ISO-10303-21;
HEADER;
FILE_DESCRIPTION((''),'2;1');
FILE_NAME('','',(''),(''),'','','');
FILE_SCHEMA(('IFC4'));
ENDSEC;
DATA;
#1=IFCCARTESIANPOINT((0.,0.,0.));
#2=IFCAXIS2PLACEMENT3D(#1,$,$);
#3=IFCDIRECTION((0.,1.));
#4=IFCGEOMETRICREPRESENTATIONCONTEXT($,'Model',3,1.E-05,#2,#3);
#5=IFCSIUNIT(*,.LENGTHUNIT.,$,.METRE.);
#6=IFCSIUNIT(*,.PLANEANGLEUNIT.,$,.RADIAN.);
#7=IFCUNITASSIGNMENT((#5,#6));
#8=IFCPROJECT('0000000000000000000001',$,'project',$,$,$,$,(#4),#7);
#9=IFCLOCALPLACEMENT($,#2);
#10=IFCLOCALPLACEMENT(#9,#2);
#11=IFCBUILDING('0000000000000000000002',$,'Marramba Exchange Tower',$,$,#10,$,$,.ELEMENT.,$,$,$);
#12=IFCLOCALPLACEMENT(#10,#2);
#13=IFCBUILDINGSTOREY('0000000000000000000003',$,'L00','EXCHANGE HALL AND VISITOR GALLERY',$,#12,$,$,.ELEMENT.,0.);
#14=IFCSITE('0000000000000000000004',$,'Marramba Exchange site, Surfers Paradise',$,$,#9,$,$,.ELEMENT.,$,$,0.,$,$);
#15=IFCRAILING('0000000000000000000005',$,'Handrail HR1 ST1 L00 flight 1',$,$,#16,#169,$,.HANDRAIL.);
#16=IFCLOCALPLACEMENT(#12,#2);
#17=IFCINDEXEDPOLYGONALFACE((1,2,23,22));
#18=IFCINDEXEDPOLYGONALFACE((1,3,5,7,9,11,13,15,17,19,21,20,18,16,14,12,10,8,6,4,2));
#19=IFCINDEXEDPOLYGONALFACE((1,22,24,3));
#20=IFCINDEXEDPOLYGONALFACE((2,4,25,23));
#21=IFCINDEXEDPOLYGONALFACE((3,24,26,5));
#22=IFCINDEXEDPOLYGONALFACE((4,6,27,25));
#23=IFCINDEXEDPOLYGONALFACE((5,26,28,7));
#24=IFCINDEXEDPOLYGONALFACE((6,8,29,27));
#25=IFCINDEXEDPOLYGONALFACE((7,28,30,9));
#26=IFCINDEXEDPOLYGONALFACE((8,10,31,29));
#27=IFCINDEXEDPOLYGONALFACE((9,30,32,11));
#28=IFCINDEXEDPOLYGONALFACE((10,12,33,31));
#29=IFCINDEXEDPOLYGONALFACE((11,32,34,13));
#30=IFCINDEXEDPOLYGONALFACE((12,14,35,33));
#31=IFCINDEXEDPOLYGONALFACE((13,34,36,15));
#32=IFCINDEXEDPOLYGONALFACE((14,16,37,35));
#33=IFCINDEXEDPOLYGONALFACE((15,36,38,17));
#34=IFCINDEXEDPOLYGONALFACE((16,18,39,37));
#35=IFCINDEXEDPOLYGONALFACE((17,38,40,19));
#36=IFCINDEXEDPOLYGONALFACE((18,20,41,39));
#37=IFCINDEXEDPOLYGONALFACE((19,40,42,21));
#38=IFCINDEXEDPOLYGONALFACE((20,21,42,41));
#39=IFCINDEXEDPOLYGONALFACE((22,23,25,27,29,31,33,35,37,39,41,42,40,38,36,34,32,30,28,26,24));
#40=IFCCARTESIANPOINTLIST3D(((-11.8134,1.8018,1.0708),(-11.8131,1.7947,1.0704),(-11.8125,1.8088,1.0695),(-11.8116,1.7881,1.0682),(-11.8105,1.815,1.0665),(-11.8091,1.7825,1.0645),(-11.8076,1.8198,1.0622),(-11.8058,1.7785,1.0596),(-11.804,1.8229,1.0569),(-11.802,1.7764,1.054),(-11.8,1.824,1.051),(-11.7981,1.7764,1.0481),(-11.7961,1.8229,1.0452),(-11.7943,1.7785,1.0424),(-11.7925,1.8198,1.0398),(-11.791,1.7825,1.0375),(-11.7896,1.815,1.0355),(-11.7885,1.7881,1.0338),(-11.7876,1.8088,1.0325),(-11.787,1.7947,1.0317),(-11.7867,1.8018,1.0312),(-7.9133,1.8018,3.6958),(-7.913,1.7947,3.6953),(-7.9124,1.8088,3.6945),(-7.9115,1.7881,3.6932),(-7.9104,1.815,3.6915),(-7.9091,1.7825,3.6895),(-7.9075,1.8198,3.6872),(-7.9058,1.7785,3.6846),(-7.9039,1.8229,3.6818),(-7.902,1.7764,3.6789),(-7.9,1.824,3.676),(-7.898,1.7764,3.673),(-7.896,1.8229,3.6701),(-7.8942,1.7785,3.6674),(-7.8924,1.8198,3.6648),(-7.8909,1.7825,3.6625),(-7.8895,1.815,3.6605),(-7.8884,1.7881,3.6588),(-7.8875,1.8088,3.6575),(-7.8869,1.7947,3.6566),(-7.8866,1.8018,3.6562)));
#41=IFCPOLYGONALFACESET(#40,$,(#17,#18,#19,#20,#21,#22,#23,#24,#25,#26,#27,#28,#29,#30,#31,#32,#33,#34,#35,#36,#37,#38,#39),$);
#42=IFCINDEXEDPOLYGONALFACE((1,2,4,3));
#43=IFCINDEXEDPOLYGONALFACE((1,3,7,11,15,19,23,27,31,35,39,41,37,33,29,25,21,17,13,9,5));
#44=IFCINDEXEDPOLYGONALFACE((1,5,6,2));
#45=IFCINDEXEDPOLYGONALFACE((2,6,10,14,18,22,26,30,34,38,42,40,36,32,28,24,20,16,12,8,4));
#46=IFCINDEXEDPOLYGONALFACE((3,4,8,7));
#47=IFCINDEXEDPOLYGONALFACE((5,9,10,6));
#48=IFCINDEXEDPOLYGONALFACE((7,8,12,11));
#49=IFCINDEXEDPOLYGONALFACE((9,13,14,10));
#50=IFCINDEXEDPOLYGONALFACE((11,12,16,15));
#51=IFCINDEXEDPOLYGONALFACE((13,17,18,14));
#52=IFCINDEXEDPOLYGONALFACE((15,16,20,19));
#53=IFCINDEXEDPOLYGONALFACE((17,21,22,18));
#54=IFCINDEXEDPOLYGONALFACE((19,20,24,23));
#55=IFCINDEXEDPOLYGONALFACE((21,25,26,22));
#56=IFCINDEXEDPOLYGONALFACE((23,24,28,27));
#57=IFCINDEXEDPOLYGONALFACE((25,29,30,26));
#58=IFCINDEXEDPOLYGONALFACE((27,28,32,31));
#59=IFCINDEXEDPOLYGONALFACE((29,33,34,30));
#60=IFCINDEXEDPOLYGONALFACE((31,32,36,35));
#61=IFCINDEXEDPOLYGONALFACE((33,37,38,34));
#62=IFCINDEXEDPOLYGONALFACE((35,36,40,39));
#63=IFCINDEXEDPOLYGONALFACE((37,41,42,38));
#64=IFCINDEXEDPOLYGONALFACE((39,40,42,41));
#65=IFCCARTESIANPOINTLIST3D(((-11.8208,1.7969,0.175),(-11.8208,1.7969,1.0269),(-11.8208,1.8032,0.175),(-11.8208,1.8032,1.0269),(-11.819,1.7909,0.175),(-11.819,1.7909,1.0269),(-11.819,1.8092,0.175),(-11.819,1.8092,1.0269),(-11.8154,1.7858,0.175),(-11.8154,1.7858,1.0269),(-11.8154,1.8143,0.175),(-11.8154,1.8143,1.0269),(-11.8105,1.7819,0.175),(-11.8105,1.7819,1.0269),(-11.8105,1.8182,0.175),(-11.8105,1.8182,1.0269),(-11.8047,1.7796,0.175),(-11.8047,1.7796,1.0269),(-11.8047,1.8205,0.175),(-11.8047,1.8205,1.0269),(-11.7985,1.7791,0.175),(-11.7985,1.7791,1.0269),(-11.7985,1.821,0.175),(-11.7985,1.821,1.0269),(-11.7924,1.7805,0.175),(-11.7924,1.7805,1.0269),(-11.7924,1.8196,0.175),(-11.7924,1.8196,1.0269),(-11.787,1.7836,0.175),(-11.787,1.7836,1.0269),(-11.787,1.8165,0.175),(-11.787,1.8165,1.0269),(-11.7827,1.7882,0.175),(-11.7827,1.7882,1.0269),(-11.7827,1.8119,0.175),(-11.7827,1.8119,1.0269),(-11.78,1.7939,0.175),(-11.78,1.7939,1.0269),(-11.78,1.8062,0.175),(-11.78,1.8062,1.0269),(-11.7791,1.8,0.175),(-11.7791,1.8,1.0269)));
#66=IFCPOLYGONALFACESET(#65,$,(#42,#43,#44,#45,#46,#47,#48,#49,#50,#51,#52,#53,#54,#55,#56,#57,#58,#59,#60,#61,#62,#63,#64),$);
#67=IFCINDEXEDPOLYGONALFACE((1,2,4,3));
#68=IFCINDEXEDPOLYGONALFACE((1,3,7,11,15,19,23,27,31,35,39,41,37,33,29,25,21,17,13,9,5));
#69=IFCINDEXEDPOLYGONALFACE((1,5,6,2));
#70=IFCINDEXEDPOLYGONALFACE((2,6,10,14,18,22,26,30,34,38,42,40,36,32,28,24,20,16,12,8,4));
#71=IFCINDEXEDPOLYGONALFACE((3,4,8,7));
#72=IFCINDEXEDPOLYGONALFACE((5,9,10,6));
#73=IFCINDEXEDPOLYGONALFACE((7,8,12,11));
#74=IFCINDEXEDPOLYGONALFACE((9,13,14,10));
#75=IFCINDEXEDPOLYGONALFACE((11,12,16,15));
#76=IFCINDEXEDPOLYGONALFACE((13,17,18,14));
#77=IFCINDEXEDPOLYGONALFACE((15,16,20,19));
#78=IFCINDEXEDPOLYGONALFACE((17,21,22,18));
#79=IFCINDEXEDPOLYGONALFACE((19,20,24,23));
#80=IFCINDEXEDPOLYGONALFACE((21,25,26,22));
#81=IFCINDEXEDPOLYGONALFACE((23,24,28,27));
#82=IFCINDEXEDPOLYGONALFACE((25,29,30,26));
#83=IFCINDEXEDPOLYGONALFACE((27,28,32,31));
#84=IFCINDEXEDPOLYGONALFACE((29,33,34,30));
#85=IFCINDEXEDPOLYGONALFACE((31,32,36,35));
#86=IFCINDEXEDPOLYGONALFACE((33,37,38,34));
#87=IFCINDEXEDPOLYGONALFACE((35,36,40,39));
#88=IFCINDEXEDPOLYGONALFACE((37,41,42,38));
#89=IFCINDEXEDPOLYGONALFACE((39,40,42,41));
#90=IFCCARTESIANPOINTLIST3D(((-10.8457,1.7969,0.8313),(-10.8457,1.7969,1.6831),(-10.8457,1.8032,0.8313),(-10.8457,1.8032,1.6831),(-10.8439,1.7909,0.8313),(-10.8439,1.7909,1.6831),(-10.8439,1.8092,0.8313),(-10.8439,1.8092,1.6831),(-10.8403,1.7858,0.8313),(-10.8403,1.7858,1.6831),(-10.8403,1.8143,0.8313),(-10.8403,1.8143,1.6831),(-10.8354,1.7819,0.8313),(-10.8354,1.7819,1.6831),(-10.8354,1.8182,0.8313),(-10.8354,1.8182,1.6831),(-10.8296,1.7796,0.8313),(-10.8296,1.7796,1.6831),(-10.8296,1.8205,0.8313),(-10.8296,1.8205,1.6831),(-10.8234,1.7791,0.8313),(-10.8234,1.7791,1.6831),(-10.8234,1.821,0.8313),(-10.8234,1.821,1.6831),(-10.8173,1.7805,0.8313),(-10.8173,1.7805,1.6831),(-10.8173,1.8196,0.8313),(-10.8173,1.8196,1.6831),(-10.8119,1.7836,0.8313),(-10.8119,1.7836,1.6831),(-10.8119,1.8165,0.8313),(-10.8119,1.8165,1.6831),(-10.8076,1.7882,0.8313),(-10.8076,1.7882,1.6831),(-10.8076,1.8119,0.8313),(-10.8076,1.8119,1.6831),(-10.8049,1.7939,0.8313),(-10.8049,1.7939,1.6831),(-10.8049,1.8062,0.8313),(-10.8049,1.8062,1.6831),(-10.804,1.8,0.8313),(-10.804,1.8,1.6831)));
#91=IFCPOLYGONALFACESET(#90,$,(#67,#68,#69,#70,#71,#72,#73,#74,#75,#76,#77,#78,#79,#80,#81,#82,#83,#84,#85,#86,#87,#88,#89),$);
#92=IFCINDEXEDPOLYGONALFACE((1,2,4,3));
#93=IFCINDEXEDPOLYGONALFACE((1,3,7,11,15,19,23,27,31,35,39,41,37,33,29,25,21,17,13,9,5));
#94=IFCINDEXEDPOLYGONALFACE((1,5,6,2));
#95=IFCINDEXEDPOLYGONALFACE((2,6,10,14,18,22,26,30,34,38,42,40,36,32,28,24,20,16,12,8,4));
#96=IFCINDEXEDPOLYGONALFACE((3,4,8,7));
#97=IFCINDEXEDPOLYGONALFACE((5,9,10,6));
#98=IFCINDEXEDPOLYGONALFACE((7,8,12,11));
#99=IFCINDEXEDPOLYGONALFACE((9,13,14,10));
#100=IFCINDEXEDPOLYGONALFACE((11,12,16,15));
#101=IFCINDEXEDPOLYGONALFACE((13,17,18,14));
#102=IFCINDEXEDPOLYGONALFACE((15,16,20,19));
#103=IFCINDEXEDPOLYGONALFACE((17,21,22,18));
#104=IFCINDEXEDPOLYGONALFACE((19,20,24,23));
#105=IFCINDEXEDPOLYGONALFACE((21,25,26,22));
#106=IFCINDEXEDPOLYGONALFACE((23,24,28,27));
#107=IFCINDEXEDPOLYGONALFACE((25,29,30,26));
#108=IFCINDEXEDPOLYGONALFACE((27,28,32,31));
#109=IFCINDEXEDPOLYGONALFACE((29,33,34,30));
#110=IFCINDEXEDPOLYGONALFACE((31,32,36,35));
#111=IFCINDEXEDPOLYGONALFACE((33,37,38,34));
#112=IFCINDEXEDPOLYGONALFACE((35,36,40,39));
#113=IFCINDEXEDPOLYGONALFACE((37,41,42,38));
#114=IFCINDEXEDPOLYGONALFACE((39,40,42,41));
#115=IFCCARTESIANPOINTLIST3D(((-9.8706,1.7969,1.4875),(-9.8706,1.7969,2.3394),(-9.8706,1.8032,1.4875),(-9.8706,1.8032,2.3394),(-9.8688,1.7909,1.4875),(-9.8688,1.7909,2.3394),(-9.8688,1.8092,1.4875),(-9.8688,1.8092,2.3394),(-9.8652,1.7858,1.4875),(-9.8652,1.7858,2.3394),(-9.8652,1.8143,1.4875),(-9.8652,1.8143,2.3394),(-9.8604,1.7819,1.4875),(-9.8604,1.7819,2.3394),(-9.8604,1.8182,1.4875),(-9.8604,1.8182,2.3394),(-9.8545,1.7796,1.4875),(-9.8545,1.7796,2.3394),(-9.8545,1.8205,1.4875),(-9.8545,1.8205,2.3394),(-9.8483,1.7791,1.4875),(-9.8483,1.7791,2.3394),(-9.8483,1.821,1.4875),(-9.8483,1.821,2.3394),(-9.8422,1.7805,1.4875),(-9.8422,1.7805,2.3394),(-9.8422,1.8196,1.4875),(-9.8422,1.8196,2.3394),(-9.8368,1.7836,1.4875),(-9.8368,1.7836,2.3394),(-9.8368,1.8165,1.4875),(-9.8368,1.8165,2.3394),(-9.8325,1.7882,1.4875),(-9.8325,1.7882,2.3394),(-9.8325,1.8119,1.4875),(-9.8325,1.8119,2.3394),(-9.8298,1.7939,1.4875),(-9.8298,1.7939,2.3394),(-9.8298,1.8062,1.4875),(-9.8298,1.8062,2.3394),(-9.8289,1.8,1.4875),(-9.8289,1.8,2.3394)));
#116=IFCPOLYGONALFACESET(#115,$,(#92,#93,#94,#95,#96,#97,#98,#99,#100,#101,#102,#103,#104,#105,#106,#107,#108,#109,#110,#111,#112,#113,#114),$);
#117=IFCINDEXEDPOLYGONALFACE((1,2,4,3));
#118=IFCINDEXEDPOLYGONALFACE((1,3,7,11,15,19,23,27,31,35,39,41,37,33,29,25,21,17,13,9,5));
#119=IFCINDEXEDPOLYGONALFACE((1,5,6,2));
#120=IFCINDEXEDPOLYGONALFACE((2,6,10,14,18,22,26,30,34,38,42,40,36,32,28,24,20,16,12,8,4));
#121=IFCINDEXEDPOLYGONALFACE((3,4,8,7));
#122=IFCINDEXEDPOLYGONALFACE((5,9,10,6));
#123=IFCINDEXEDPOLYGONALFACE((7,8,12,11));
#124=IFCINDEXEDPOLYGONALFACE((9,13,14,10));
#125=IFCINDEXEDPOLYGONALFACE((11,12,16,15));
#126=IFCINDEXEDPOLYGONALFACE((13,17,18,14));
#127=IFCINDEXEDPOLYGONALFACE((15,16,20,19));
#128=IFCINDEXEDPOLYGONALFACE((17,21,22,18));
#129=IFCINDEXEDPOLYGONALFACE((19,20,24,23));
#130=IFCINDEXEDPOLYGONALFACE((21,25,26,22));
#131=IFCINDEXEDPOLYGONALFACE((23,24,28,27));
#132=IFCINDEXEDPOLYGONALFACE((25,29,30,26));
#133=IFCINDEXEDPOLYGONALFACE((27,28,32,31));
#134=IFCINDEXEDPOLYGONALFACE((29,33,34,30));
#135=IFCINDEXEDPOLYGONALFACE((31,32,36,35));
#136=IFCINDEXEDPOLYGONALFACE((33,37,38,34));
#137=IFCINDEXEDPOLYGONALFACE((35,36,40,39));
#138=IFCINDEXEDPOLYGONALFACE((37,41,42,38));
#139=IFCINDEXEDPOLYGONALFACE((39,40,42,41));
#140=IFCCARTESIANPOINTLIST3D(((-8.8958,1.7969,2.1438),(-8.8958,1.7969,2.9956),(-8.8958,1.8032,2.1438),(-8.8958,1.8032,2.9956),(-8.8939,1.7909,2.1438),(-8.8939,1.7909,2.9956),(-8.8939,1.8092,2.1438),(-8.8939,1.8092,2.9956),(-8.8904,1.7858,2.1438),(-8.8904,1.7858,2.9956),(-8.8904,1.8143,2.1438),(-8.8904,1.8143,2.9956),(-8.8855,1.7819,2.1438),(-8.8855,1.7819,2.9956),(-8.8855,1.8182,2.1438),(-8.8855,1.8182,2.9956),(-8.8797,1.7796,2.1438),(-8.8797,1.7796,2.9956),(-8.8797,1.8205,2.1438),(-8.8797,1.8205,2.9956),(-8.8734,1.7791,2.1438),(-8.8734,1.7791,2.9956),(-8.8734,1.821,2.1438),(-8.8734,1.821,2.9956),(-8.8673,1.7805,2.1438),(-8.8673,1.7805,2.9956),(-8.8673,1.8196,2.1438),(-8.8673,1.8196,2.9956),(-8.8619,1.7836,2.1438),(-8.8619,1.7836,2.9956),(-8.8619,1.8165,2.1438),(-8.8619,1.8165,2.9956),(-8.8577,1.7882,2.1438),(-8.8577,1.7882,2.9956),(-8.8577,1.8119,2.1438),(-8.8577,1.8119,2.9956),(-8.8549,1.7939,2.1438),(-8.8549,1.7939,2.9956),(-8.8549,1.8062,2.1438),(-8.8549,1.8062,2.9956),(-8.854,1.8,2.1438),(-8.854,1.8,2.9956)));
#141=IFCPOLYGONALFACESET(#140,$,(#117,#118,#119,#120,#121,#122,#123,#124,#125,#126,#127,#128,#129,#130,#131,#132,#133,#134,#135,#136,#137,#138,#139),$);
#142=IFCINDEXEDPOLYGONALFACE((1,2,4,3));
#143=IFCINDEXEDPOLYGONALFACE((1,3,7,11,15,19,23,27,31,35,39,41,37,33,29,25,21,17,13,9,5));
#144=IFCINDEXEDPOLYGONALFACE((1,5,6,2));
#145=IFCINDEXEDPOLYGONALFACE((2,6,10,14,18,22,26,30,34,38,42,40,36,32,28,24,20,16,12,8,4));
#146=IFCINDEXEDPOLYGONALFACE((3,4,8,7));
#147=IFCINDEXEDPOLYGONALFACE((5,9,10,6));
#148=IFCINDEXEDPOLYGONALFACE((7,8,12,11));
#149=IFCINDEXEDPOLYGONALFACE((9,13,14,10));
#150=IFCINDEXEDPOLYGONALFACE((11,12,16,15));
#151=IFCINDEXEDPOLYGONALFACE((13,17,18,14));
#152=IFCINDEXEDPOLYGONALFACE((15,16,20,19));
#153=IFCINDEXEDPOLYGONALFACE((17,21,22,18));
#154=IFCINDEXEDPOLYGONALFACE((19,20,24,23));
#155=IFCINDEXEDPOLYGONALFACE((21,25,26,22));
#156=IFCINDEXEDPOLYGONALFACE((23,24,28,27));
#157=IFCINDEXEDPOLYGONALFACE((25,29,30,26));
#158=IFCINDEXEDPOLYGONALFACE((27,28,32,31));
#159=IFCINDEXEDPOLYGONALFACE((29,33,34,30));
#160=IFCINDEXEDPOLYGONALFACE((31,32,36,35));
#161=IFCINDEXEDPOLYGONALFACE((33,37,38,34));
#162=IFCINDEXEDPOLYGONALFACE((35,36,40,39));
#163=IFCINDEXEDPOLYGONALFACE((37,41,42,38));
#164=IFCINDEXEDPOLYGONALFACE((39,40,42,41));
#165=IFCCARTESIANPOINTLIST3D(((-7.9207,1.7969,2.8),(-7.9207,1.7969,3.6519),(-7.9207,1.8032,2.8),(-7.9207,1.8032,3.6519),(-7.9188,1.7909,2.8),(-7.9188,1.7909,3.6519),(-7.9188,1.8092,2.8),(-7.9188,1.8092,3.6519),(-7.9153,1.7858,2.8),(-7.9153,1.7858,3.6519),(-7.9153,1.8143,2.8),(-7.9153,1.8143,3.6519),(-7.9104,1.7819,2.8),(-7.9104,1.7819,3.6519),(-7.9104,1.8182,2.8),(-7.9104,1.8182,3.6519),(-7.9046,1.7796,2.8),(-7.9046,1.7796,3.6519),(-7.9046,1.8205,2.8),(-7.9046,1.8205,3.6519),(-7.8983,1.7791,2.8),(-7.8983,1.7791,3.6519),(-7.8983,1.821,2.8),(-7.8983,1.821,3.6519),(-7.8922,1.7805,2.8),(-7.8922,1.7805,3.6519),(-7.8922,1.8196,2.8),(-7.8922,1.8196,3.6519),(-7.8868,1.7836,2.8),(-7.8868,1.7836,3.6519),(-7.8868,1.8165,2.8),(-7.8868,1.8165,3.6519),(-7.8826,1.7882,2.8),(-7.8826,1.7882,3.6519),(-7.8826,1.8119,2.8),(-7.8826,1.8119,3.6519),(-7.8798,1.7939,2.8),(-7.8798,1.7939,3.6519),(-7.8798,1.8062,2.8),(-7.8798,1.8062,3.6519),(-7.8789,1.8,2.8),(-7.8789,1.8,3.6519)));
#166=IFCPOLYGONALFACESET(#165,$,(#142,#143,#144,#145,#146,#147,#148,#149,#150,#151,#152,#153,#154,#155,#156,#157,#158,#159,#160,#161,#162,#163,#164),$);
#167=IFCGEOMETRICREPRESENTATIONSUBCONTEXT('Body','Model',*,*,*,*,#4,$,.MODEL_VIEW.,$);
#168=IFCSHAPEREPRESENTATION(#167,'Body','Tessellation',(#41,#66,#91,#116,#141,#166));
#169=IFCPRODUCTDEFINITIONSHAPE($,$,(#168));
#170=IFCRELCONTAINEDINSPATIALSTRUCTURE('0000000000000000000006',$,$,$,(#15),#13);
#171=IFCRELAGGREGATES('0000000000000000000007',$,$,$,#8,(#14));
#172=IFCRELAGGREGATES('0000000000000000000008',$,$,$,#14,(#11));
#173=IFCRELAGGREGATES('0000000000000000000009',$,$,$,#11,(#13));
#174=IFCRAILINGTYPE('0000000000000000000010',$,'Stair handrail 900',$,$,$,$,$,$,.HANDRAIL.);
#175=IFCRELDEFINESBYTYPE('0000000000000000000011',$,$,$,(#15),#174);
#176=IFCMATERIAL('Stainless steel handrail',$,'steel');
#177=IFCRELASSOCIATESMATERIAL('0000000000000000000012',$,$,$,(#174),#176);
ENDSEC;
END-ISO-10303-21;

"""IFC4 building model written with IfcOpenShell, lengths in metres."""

from ifc_helpers import new_model, si_unit, direction, frame, origin, origin_2d, place, context, subcontext, project, spatial, circle, extrude, material, type_object, element, save


model = new_model("IFC4")

# Units and contexts
model_context = context("Model", 3, precision=1e-05, world=origin(), true_north=direction((0.0, 1.0)))
body_context = subcontext(model_context, "Body", "Model", "MODEL_VIEW")
ifc_project = project(units=[si_unit("LENGTHUNIT", "METRE"), si_unit("PLANEANGLEUNIT", "RADIAN")], contexts=[model_context])

# Site, building, storey
site_placement = place(None, origin())
site = spatial("IfcSite", under=ifc_project, at=site_placement, Name="Marramba Exchange site, Surfers Paradise", CompositionType="ELEMENT", RefElevation=0.0)
building_placement = place(site_placement, origin())
building = spatial("IfcBuilding", under=site, at=building_placement, Name="Marramba Exchange Tower", CompositionType="ELEMENT")
storey_placement = place(building_placement, origin())
storey = spatial("IfcBuildingStorey", under=building, at=storey_placement, Name="L00", Description="EXCHANGE HALL AND VISITOR GALLERY", CompositionType="ELEMENT", Elevation=0.0)

# Railing
ifc_material_1 = material(Name="Stainless steel handrail", Category="steel")
railing_type = type_object("IfcRailingType", Name="Stair handrail 900", PredefinedType="HANDRAIL", material=ifc_material_1)
railing_1_placement = place(storey_placement, frame((-11.8, 1.8, 0.175)))
element("IfcRailing", 1, at=railing_1_placement, inside=storey, type_object=railing_type, Name="Handrail HR1 ST1 L00 flight 1", PredefinedType="HANDRAIL", context=body_context, shape_type="SweptSolid", body=[
    extrude(circle(Radius=0.0239, at=origin_2d()), frame((0.0, 0.0, 0.876), z_axis=(0.829597, 0.0, 0.558362), x_axis=(0.0, 1.0, 0.0)), (0.0, 0.0, 1.0), 4.7012),
    extrude(circle(Radius=0.021, at=origin_2d()), origin(), (0.0, 0.0, 1.0), 0.8518),
    extrude(circle(Radius=0.021, at=origin_2d()), frame((0.9751, 0.0, 0.6562)), (0.0, 0.0, 1.0), 0.8518),
    extrude(circle(Radius=0.021, at=origin_2d()), frame((1.9502, 0.0, 1.3125)), (0.0, 0.0, 1.0), 0.8518),
    extrude(circle(Radius=0.021, at=origin_2d()), frame((2.925, 0.0, 1.9688)), (0.0, 0.0, 1.0), 0.8518),
    extrude(circle(Radius=0.021, at=origin_2d()), frame((3.9001, 0.0, 2.625)), (0.0, 0.0, 1.0), 0.8518),
])

save(model, "model.ifc")
